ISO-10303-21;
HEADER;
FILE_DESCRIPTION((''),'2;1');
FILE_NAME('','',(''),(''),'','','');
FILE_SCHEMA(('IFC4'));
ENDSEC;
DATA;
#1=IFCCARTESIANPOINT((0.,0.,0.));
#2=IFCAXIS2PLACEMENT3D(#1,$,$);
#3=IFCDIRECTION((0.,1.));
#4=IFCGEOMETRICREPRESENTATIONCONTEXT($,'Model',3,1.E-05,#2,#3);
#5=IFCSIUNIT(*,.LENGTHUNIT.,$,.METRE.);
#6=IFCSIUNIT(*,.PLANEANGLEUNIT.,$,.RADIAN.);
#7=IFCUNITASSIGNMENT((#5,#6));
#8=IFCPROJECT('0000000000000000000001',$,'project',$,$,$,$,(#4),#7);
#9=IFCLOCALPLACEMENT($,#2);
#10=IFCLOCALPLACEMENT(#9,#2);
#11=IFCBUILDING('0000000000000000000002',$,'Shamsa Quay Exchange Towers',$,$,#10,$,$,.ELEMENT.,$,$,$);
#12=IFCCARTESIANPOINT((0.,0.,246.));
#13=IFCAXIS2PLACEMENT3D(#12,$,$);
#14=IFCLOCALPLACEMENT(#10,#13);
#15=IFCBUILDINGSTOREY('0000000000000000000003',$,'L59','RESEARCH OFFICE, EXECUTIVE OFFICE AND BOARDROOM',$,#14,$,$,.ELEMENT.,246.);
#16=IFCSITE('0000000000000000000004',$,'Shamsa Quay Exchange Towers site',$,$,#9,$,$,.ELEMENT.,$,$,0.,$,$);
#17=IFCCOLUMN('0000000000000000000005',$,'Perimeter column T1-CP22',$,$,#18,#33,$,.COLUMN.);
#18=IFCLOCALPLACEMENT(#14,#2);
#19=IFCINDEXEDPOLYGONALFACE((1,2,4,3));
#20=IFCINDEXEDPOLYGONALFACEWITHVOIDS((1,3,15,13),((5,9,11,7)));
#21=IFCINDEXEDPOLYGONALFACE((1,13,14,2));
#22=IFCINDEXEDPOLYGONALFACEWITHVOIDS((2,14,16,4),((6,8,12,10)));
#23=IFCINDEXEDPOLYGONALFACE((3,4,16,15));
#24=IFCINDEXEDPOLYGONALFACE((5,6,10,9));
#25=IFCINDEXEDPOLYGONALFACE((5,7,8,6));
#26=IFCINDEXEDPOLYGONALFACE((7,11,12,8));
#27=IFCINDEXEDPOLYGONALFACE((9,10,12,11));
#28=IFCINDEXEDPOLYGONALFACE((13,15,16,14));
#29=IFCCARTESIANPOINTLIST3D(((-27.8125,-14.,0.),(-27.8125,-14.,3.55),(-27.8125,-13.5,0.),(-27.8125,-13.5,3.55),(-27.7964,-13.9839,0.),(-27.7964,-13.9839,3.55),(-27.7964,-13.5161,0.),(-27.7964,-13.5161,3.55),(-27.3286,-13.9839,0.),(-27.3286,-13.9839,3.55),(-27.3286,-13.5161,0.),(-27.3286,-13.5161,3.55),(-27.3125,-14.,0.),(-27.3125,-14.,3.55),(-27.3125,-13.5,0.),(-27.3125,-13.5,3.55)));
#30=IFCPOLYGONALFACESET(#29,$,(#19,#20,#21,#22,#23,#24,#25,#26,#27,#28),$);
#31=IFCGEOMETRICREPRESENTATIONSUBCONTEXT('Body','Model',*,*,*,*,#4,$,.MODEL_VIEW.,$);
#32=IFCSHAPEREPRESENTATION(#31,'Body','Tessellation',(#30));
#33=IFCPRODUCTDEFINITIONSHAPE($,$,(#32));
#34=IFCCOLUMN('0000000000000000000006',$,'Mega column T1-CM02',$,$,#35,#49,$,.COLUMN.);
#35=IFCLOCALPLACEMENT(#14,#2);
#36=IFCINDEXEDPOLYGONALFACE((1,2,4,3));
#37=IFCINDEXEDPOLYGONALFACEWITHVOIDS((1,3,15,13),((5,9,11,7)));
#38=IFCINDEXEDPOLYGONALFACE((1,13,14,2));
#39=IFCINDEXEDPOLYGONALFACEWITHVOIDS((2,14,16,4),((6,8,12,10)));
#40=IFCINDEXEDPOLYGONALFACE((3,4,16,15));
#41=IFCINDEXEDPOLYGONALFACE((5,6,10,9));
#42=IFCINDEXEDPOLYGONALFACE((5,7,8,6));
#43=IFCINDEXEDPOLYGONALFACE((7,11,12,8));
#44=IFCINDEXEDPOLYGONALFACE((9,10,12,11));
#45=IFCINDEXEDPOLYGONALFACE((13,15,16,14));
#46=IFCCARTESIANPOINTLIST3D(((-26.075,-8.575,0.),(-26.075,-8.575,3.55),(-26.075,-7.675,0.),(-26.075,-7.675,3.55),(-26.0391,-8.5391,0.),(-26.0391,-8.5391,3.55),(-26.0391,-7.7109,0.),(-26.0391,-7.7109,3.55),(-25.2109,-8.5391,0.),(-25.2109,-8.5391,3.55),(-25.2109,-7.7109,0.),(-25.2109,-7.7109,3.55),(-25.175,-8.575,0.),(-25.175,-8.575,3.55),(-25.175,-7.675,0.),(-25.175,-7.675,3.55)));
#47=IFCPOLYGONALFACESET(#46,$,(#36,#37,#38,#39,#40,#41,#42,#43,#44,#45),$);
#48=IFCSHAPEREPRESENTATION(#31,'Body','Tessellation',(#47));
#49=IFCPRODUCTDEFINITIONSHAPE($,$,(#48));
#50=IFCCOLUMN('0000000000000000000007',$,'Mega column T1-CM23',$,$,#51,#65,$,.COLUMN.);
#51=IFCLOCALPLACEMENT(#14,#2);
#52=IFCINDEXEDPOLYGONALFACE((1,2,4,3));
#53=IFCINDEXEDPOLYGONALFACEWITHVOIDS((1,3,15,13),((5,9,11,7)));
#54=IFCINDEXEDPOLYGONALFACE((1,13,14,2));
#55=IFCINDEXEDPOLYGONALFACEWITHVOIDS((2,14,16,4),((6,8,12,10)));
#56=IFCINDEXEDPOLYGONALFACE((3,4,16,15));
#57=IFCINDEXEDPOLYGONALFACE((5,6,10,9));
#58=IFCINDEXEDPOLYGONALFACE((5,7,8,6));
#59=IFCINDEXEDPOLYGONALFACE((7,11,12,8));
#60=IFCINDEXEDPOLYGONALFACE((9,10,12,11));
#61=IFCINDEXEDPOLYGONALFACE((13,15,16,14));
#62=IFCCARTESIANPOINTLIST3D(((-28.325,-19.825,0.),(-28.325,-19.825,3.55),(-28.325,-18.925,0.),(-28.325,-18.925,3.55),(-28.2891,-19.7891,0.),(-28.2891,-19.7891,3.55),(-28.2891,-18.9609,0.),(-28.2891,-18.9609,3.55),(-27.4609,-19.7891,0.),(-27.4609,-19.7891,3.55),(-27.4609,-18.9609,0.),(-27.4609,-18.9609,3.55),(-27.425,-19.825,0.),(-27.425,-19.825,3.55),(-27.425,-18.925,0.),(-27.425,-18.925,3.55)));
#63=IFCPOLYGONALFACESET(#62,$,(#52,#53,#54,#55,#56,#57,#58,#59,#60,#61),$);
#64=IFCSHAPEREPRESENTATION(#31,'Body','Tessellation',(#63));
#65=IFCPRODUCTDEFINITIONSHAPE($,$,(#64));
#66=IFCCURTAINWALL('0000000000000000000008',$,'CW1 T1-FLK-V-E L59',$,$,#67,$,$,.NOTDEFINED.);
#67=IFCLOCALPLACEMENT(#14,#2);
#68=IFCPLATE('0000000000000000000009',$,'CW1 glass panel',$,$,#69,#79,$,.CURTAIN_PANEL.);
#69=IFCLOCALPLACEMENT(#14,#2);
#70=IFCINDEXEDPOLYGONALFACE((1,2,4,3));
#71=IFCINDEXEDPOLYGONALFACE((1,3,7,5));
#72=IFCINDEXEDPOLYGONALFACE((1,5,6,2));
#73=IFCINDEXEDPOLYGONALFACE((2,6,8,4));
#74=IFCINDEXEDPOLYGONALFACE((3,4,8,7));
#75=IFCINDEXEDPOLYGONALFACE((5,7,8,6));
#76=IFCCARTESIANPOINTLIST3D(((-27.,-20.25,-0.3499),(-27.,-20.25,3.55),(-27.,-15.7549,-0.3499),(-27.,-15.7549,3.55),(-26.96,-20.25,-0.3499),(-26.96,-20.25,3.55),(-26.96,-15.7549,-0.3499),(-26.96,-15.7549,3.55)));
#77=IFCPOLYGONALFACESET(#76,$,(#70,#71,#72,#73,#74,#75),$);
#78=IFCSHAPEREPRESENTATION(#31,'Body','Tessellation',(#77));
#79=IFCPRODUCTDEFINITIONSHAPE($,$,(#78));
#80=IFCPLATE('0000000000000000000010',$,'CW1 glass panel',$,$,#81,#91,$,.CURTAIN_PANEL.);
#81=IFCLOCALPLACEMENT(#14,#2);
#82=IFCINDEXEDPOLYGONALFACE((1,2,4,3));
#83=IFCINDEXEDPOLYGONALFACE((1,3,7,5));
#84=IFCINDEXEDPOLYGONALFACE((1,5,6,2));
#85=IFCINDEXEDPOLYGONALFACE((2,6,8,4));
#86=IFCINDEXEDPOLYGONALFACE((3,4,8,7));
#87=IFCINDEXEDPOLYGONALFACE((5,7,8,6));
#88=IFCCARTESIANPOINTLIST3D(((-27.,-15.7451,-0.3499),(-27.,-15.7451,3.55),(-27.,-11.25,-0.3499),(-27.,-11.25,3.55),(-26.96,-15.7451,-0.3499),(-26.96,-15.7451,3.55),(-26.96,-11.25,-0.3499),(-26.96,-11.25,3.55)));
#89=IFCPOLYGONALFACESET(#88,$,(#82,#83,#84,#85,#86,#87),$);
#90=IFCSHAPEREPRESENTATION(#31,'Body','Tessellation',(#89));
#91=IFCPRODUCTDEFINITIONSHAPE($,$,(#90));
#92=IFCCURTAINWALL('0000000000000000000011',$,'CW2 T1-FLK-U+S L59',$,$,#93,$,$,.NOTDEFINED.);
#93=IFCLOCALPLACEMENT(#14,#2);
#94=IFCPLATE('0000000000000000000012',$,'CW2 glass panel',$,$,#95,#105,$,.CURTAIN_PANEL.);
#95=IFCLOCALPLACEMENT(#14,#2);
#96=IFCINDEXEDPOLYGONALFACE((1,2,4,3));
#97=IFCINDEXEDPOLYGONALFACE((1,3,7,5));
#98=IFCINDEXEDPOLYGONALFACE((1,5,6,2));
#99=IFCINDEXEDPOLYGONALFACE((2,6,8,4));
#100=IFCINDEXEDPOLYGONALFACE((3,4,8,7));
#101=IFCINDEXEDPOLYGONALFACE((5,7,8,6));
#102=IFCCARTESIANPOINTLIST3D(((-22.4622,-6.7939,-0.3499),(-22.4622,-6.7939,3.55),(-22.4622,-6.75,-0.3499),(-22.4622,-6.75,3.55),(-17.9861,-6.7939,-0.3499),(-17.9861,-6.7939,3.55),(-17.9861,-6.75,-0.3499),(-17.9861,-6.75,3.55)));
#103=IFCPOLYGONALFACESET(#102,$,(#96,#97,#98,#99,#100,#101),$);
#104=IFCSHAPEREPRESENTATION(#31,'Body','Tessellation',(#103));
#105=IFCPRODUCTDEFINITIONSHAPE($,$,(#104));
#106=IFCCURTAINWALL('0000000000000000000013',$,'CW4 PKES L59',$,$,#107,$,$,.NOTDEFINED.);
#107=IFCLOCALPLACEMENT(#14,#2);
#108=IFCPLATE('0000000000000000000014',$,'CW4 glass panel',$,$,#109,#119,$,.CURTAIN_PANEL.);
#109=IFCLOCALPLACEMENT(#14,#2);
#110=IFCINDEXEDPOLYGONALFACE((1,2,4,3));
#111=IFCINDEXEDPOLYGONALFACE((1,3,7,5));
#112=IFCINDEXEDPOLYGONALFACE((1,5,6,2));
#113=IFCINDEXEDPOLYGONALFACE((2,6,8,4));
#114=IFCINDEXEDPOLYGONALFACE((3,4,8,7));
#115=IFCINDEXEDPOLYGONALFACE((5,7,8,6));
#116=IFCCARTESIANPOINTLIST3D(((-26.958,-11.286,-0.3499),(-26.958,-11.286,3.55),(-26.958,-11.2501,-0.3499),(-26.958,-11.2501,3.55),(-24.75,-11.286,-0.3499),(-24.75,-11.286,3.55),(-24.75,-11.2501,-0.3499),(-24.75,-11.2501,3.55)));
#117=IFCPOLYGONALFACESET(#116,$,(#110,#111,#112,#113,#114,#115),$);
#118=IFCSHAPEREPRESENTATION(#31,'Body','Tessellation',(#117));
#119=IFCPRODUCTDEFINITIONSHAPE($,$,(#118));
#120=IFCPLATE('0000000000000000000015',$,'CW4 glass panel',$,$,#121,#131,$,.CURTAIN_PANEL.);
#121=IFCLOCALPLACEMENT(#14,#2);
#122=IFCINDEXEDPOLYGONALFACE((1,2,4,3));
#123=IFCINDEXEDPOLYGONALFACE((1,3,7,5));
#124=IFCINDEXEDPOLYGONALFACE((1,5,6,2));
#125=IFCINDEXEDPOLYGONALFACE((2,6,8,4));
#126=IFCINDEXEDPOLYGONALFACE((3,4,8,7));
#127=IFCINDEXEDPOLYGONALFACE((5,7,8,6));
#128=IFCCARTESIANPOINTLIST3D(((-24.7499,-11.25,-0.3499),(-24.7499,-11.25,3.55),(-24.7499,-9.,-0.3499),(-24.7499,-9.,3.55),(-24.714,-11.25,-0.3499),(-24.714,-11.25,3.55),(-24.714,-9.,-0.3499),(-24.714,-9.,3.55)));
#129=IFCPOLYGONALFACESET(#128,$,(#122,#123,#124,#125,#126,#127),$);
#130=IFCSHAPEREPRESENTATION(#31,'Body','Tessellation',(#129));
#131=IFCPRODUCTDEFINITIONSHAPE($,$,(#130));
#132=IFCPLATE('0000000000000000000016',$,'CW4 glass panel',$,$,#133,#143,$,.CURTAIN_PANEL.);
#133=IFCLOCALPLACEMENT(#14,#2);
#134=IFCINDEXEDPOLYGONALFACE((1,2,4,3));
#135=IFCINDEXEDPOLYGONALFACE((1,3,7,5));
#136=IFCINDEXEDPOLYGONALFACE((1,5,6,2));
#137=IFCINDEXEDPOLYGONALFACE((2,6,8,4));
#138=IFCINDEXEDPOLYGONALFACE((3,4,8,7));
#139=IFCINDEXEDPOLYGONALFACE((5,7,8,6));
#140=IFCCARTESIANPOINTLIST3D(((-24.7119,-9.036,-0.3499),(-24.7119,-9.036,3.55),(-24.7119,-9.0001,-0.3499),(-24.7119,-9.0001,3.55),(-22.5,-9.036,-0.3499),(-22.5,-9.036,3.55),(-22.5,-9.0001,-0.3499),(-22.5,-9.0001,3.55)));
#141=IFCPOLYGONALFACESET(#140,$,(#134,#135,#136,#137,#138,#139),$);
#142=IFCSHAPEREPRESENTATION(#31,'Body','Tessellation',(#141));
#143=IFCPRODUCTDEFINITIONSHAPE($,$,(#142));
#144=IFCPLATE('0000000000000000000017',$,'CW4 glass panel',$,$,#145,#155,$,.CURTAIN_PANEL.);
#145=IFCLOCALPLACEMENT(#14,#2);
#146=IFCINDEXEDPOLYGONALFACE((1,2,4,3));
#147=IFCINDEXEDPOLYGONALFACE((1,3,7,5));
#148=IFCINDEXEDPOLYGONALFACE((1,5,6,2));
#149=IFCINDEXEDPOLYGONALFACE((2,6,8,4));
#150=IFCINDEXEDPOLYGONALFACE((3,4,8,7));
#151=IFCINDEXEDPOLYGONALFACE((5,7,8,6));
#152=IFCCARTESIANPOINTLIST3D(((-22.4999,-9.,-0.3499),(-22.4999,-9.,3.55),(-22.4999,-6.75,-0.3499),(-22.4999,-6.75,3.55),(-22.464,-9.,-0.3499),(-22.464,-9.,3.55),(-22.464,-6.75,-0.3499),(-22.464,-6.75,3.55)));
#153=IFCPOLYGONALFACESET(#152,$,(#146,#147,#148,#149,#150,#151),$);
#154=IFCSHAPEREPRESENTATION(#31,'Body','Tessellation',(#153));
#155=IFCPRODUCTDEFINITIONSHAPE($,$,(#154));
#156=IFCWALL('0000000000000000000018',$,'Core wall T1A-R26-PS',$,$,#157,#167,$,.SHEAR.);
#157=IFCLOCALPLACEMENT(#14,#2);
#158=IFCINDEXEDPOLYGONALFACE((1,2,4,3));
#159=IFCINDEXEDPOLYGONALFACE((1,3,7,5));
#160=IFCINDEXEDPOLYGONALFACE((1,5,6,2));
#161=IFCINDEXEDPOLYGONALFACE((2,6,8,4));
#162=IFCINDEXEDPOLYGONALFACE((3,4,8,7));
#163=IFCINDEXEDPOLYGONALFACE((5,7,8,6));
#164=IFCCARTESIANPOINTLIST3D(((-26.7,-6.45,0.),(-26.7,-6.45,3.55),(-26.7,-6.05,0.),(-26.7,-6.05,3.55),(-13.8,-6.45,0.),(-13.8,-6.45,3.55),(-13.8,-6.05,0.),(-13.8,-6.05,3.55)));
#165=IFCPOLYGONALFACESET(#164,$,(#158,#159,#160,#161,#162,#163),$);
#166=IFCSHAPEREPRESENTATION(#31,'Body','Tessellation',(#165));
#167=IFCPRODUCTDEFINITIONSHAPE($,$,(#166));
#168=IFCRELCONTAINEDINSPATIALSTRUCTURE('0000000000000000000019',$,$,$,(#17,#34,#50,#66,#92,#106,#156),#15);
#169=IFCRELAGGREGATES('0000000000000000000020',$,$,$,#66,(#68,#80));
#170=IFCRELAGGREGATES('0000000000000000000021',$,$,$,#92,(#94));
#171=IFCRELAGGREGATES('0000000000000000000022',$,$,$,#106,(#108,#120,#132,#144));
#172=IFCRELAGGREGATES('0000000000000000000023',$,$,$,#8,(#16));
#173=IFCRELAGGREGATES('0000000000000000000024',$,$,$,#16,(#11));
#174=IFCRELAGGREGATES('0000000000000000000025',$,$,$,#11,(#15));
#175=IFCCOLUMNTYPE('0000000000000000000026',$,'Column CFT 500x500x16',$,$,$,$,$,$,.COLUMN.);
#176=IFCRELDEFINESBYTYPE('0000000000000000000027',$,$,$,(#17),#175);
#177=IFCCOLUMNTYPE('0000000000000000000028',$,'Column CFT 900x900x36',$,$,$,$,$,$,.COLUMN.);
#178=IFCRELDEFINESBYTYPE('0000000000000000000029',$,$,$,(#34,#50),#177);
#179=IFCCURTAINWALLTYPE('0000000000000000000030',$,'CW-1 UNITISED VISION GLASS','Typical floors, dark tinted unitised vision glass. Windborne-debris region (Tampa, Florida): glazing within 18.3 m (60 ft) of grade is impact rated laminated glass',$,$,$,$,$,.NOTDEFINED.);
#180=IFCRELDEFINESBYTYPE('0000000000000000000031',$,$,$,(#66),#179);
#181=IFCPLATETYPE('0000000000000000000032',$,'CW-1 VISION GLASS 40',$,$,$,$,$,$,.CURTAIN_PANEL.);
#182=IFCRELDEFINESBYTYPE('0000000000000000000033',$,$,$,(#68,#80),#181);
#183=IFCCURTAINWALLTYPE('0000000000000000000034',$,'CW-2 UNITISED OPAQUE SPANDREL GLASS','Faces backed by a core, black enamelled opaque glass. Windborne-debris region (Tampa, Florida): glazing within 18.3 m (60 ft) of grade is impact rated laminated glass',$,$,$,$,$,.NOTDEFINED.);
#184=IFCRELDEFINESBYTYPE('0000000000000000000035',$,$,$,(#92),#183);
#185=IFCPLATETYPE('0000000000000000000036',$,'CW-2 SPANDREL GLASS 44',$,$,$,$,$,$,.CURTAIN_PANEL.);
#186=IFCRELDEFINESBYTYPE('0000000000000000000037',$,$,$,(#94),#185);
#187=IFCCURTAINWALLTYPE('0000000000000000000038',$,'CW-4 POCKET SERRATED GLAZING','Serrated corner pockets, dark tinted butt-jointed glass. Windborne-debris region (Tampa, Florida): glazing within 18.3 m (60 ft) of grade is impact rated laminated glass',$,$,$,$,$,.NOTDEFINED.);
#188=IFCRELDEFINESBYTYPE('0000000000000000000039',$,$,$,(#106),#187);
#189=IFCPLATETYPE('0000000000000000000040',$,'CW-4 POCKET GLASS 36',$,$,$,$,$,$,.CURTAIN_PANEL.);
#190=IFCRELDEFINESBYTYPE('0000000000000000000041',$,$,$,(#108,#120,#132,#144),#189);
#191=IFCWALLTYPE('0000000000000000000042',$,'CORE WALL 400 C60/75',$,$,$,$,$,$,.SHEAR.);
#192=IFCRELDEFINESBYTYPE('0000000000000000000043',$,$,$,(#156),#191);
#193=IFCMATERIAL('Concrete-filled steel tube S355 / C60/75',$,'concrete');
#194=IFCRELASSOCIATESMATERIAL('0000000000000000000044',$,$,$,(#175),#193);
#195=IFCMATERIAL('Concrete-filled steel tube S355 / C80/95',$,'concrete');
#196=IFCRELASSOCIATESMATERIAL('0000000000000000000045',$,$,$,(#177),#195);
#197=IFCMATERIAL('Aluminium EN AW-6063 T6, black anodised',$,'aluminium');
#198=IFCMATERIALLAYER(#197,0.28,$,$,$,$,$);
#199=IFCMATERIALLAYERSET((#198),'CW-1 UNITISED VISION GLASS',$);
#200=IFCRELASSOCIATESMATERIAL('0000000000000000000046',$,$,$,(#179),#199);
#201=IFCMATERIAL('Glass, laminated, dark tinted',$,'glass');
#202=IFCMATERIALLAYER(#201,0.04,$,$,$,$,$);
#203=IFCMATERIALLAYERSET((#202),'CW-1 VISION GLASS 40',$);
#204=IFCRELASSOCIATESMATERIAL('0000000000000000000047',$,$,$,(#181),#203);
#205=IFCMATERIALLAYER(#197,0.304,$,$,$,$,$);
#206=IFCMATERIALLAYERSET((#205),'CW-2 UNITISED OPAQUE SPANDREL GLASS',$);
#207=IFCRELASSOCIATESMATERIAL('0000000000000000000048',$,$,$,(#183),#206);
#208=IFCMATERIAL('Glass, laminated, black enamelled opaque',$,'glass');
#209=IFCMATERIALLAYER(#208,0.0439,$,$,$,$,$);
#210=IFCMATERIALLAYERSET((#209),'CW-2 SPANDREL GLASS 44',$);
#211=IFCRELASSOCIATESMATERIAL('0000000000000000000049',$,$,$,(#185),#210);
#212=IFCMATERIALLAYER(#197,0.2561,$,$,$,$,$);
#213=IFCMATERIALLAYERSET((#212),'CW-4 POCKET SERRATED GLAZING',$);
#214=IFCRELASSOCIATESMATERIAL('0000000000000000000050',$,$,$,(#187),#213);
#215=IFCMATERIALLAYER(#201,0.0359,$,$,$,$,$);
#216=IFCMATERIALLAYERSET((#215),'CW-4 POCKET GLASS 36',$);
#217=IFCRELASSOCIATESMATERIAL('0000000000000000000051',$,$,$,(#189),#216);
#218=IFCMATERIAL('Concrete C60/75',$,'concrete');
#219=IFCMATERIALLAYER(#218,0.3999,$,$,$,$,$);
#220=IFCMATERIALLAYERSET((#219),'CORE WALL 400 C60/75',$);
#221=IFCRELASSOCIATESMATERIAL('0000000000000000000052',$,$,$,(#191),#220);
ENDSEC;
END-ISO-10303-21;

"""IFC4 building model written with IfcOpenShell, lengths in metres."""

from ifc_helpers import new_model, si_unit, direction, frame, frame_2d, origin, origin_2d, place, context, subcontext, project, spatial, rectangle, hollow_rectangle, extrude, material, layer, layer_set, material_profile, profile_set, type_object, element, aggregate, save


model = new_model("IFC4")

# Units and contexts
model_context = context("Model", 3, precision=1e-05, world=origin(), true_north=direction((0.0, 1.0)))
body_context = subcontext(model_context, "Body", "Model", "MODEL_VIEW")
ifc_project = project(units=[si_unit("LENGTHUNIT", "METRE"), si_unit("PLANEANGLEUNIT", "RADIAN")], contexts=[model_context])

# Site, building, storey
site_placement = place(None, origin())
site = spatial("IfcSite", under=ifc_project, at=site_placement, Name="Shamsa Quay Exchange Towers site", CompositionType="ELEMENT", RefElevation=0.0)
building_placement = place(site_placement, origin())
building = spatial("IfcBuilding", under=site, at=building_placement, Name="Shamsa Quay Exchange Towers", CompositionType="ELEMENT")
storey_placement = place(building_placement, frame((0.0, 0.0, 246.0)))
storey = spatial("IfcBuildingStorey", under=building, at=storey_placement, Name="L59", Description="RESEARCH OFFICE, EXECUTIVE OFFICE AND BOARDROOM", CompositionType="ELEMENT", Elevation=246.0)

# Columns
ifc_material_1 = material(Name="Concrete-filled steel tube S355 / C60/75", Category="concrete")
ifc_material_profile_1 = material_profile(ifc_material_1, hollow_rectangle(XDim=0.5, YDim=0.5, WallThickness=0.0161, at=origin_2d()), Name="CFT 500x500x16")
ifc_profile_set_1 = profile_set([ifc_material_profile_1], Name="Concrete-filled steel tube S355 / C60/75")
column_type_1 = type_object("IfcColumnType", Name="Column CFT 500x500x16", PredefinedType="COLUMN", material=ifc_profile_set_1)
column_placement = place(storey_placement, frame((-27.5625, -13.75, 0.0)))
element("IfcColumn", 1, at=column_placement, inside=storey, type_object=column_type_1, Name="Perimeter column T1-CP22", PredefinedType="COLUMN", context=body_context, shape_type="SweptSolid", body=[
    extrude(hollow_rectangle(XDim=0.5, YDim=0.5, WallThickness=0.0161, at=origin_2d()), origin(), (0.0, 0.0, 1.0), 3.55),
])
ifc_material_2 = material(Name="Concrete-filled steel tube S355 / C80/95", Category="concrete")
ifc_material_profile_2 = material_profile(ifc_material_2, hollow_rectangle(XDim=0.8999, YDim=0.8999, WallThickness=0.0359, at=origin_2d()), Name="CFT 900x900x36")
ifc_profile_set_2 = profile_set([ifc_material_profile_2], Name="Concrete-filled steel tube S355 / C80/95")
column_type_2 = type_object("IfcColumnType", Name="Column CFT 900x900x36", PredefinedType="COLUMN", material=ifc_profile_set_2)
for number, where, name in (
    (2, (-25.625, -8.125, 0.0), "Mega column T1-CM02"),
    (3, (-27.875, -19.375, 0.0), "Mega column T1-CM23"),
):
    element("IfcColumn", number, at=place(storey_placement, frame(where)), inside=storey, type_object=column_type_2, Name=name, PredefinedType="COLUMN", context=body_context, shape_type="SweptSolid", body=[
        extrude(hollow_rectangle(XDim=0.8999, YDim=0.8999, WallThickness=0.0359, at=origin_2d()), origin(), (0.0, 0.0, 1.0), 3.55),
    ])

# Curtain wall, plates
ifc_material_3 = material(Name="Aluminium EN AW-6063 T6, black anodised", Category="aluminium")
ifc_layer_1 = layer(ifc_material_3, 0.28)
ifc_layer_set_1 = layer_set([ifc_layer_1], Name="CW-1 UNITISED VISION GLASS")
curtain_wall_type_1 = type_object("IfcCurtainWallType", Name="CW-1 UNITISED VISION GLASS", Description="Typical floors, dark tinted unitised vision glass. Windborne-debris region (Tampa, Florida): glazing within 18.3 m (60 ft) of grade is impact rated laminated glass", PredefinedType="NOTDEFINED", material=ifc_layer_set_1)
curtain_wall_1_placement = place(storey_placement, origin())
curtain_wall_1 = element("IfcCurtainWall", 4, at=curtain_wall_1_placement, inside=storey, type_object=curtain_wall_type_1, Name="CW1 T1-FLK-V-E L59", PredefinedType="NOTDEFINED")
ifc_material_4 = material(Name="Glass, laminated, dark tinted", Category="glass")
ifc_layer_2 = layer(ifc_material_4, 0.04)
ifc_layer_set_2 = layer_set([ifc_layer_2], Name="CW-1 VISION GLASS 40")
plate_type_1 = type_object("IfcPlateType", Name="CW-1 VISION GLASS 40", PredefinedType="CURTAIN_PANEL", material=ifc_layer_set_2)
plate_1_placement = place(storey_placement, frame((-26.98, -18.0024, -0.3499), z_axis=(0.0, 0.0, 1.0), x_axis=(0.0, 1.0, 0.0)))
plate_1 = element("IfcPlate", 5, at=plate_1_placement, type_object=plate_type_1, Name="CW1 glass panel", PredefinedType="CURTAIN_PANEL", context=body_context, shape_type="SweptSolid", body=[
    extrude(rectangle(XDim=4.4951, YDim=0.04, at=origin_2d()), origin(), (0.0, 0.0, 1.0), 3.8999),
])
plate_2_placement = place(storey_placement, frame((-26.98, -13.4976, -0.3499), z_axis=(0.0, 0.0, 1.0), x_axis=(0.0, 1.0, 0.0)))
plate_2 = element("IfcPlate", 6, at=plate_2_placement, type_object=plate_type_1, Name="CW1 glass panel", PredefinedType="CURTAIN_PANEL", context=body_context, shape_type="SweptSolid", body=[
    extrude(rectangle(XDim=4.4951, YDim=0.04, at=origin_2d()), origin(), (0.0, 0.0, 1.0), 3.8999),
])
aggregate(curtain_wall_1, [plate_1, plate_2])

# Curtain wall, plate
ifc_layer_3 = layer(ifc_material_3, 0.304)
ifc_layer_set_3 = layer_set([ifc_layer_3], Name="CW-2 UNITISED OPAQUE SPANDREL GLASS")
curtain_wall_type_2 = type_object("IfcCurtainWallType", Name="CW-2 UNITISED OPAQUE SPANDREL GLASS", Description="Faces backed by a core, black enamelled opaque glass. Windborne-debris region (Tampa, Florida): glazing within 18.3 m (60 ft) of grade is impact rated laminated glass", PredefinedType="NOTDEFINED", material=ifc_layer_set_3)
curtain_wall_2_placement = place(storey_placement, origin())
curtain_wall_2 = element("IfcCurtainWall", 7, at=curtain_wall_2_placement, inside=storey, type_object=curtain_wall_type_2, Name="CW2 T1-FLK-U+S L59", PredefinedType="NOTDEFINED")
ifc_material_5 = material(Name="Glass, laminated, black enamelled opaque", Category="glass")
ifc_layer_4 = layer(ifc_material_5, 0.0439)
ifc_layer_set_4 = layer_set([ifc_layer_4], Name="CW-2 SPANDREL GLASS 44")
plate_type_2 = type_object("IfcPlateType", Name="CW-2 SPANDREL GLASS 44", PredefinedType="CURTAIN_PANEL", material=ifc_layer_set_4)
plate_3_placement = place(storey_placement, frame((-20.2241, -6.772, -0.3499)))
plate_3 = element("IfcPlate", 8, at=plate_3_placement, type_object=plate_type_2, Name="CW2 glass panel", PredefinedType="CURTAIN_PANEL", context=body_context, shape_type="SweptSolid", body=[
    extrude(rectangle(XDim=4.4761, YDim=0.0439, at=origin_2d()), origin(), (0.0, 0.0, 1.0), 3.8999),
])
aggregate(curtain_wall_2, [plate_3])

# Curtain wall, plates
ifc_layer_5 = layer(ifc_material_3, 0.2561)
ifc_layer_set_5 = layer_set([ifc_layer_5], Name="CW-4 POCKET SERRATED GLAZING")
curtain_wall_type_3 = type_object("IfcCurtainWallType", Name="CW-4 POCKET SERRATED GLAZING", Description="Serrated corner pockets, dark tinted butt-jointed glass. Windborne-debris region (Tampa, Florida): glazing within 18.3 m (60 ft) of grade is impact rated laminated glass", PredefinedType="NOTDEFINED", material=ifc_layer_set_5)
curtain_wall_3_placement = place(storey_placement, origin())
curtain_wall_3 = element("IfcCurtainWall", 9, at=curtain_wall_3_placement, inside=storey, type_object=curtain_wall_type_3, Name="CW4 PKES L59", PredefinedType="NOTDEFINED")
ifc_layer_6 = layer(ifc_material_4, 0.0359)
ifc_layer_set_6 = layer_set([ifc_layer_6], Name="CW-4 POCKET GLASS 36")
plate_type_3 = type_object("IfcPlateType", Name="CW-4 POCKET GLASS 36", PredefinedType="CURTAIN_PANEL", material=ifc_layer_set_6)
plate_4_placement = place(storey_placement, frame((-25.854, -11.2681, -0.3499)))
plate_4 = element("IfcPlate", 10, at=plate_4_placement, type_object=plate_type_3, Name="CW4 glass panel", PredefinedType="CURTAIN_PANEL", context=body_context, shape_type="SweptSolid", body=[
    extrude(rectangle(XDim=2.208, YDim=0.0359, at=origin_2d()), origin(), (0.0, 0.0, 1.0), 3.8999),
])
plate_5_placement = place(storey_placement, frame((-24.7319, -10.125, -0.3499), z_axis=(0.0, 0.0, 1.0), x_axis=(0.0, 1.0, 0.0)))
plate_5 = element("IfcPlate", 11, at=plate_5_placement, type_object=plate_type_3, Name="CW4 glass panel", PredefinedType="CURTAIN_PANEL", context=body_context, shape_type="SweptSolid", body=[
    extrude(rectangle(XDim=2.25, YDim=0.0359, at=origin_2d()), origin(), (0.0, 0.0, 1.0), 3.8999),
])
plate_6_placement = place(storey_placement, frame((-23.606, -9.0181, -0.3499)))
plate_6 = element("IfcPlate", 12, at=plate_6_placement, type_object=plate_type_3, Name="CW4 glass panel", PredefinedType="CURTAIN_PANEL", context=body_context, shape_type="SweptSolid", body=[
    extrude(rectangle(XDim=2.2119, YDim=0.0359, at=origin_2d()), origin(), (0.0, 0.0, 1.0), 3.8999),
])
plate_7_placement = place(storey_placement, frame((-22.4819, -7.875, -0.3499), z_axis=(0.0, 0.0, 1.0), x_axis=(0.0, 1.0, 0.0)))
plate_7 = element("IfcPlate", 13, at=plate_7_placement, type_object=plate_type_3, Name="CW4 glass panel", PredefinedType="CURTAIN_PANEL", context=body_context, shape_type="SweptSolid", body=[
    extrude(rectangle(XDim=2.25, YDim=0.0359, at=origin_2d()), origin(), (0.0, 0.0, 1.0), 3.8999),
])
aggregate(curtain_wall_3, [plate_4, plate_5, plate_6, plate_7])

# Wall
ifc_material_6 = material(Name="Concrete C60/75", Category="concrete")
ifc_layer_7 = layer(ifc_material_6, 0.3999)
ifc_layer_set_7 = layer_set([ifc_layer_7], Name="CORE WALL 400 C60/75")
wall_type_1 = type_object("IfcWallType", Name="CORE WALL 400 C60/75", PredefinedType="SHEAR", material=ifc_layer_set_7)
wall_1_placement = place(storey_placement, frame((-26.7, -6.25, 0.0)))
element("IfcWall", 14, at=wall_1_placement, inside=storey, type_object=wall_type_1, Name="Core wall T1A-R26-PS", PredefinedType="SHEAR", context=body_context, shape_type="SweptSolid", body=[
    extrude(rectangle(XDim=12.8999, YDim=0.3999, at=frame_2d((6.45, 0.0))), origin(), (0.0, 0.0, 1.0), 3.55),
])

save(model, "model.ifc")
